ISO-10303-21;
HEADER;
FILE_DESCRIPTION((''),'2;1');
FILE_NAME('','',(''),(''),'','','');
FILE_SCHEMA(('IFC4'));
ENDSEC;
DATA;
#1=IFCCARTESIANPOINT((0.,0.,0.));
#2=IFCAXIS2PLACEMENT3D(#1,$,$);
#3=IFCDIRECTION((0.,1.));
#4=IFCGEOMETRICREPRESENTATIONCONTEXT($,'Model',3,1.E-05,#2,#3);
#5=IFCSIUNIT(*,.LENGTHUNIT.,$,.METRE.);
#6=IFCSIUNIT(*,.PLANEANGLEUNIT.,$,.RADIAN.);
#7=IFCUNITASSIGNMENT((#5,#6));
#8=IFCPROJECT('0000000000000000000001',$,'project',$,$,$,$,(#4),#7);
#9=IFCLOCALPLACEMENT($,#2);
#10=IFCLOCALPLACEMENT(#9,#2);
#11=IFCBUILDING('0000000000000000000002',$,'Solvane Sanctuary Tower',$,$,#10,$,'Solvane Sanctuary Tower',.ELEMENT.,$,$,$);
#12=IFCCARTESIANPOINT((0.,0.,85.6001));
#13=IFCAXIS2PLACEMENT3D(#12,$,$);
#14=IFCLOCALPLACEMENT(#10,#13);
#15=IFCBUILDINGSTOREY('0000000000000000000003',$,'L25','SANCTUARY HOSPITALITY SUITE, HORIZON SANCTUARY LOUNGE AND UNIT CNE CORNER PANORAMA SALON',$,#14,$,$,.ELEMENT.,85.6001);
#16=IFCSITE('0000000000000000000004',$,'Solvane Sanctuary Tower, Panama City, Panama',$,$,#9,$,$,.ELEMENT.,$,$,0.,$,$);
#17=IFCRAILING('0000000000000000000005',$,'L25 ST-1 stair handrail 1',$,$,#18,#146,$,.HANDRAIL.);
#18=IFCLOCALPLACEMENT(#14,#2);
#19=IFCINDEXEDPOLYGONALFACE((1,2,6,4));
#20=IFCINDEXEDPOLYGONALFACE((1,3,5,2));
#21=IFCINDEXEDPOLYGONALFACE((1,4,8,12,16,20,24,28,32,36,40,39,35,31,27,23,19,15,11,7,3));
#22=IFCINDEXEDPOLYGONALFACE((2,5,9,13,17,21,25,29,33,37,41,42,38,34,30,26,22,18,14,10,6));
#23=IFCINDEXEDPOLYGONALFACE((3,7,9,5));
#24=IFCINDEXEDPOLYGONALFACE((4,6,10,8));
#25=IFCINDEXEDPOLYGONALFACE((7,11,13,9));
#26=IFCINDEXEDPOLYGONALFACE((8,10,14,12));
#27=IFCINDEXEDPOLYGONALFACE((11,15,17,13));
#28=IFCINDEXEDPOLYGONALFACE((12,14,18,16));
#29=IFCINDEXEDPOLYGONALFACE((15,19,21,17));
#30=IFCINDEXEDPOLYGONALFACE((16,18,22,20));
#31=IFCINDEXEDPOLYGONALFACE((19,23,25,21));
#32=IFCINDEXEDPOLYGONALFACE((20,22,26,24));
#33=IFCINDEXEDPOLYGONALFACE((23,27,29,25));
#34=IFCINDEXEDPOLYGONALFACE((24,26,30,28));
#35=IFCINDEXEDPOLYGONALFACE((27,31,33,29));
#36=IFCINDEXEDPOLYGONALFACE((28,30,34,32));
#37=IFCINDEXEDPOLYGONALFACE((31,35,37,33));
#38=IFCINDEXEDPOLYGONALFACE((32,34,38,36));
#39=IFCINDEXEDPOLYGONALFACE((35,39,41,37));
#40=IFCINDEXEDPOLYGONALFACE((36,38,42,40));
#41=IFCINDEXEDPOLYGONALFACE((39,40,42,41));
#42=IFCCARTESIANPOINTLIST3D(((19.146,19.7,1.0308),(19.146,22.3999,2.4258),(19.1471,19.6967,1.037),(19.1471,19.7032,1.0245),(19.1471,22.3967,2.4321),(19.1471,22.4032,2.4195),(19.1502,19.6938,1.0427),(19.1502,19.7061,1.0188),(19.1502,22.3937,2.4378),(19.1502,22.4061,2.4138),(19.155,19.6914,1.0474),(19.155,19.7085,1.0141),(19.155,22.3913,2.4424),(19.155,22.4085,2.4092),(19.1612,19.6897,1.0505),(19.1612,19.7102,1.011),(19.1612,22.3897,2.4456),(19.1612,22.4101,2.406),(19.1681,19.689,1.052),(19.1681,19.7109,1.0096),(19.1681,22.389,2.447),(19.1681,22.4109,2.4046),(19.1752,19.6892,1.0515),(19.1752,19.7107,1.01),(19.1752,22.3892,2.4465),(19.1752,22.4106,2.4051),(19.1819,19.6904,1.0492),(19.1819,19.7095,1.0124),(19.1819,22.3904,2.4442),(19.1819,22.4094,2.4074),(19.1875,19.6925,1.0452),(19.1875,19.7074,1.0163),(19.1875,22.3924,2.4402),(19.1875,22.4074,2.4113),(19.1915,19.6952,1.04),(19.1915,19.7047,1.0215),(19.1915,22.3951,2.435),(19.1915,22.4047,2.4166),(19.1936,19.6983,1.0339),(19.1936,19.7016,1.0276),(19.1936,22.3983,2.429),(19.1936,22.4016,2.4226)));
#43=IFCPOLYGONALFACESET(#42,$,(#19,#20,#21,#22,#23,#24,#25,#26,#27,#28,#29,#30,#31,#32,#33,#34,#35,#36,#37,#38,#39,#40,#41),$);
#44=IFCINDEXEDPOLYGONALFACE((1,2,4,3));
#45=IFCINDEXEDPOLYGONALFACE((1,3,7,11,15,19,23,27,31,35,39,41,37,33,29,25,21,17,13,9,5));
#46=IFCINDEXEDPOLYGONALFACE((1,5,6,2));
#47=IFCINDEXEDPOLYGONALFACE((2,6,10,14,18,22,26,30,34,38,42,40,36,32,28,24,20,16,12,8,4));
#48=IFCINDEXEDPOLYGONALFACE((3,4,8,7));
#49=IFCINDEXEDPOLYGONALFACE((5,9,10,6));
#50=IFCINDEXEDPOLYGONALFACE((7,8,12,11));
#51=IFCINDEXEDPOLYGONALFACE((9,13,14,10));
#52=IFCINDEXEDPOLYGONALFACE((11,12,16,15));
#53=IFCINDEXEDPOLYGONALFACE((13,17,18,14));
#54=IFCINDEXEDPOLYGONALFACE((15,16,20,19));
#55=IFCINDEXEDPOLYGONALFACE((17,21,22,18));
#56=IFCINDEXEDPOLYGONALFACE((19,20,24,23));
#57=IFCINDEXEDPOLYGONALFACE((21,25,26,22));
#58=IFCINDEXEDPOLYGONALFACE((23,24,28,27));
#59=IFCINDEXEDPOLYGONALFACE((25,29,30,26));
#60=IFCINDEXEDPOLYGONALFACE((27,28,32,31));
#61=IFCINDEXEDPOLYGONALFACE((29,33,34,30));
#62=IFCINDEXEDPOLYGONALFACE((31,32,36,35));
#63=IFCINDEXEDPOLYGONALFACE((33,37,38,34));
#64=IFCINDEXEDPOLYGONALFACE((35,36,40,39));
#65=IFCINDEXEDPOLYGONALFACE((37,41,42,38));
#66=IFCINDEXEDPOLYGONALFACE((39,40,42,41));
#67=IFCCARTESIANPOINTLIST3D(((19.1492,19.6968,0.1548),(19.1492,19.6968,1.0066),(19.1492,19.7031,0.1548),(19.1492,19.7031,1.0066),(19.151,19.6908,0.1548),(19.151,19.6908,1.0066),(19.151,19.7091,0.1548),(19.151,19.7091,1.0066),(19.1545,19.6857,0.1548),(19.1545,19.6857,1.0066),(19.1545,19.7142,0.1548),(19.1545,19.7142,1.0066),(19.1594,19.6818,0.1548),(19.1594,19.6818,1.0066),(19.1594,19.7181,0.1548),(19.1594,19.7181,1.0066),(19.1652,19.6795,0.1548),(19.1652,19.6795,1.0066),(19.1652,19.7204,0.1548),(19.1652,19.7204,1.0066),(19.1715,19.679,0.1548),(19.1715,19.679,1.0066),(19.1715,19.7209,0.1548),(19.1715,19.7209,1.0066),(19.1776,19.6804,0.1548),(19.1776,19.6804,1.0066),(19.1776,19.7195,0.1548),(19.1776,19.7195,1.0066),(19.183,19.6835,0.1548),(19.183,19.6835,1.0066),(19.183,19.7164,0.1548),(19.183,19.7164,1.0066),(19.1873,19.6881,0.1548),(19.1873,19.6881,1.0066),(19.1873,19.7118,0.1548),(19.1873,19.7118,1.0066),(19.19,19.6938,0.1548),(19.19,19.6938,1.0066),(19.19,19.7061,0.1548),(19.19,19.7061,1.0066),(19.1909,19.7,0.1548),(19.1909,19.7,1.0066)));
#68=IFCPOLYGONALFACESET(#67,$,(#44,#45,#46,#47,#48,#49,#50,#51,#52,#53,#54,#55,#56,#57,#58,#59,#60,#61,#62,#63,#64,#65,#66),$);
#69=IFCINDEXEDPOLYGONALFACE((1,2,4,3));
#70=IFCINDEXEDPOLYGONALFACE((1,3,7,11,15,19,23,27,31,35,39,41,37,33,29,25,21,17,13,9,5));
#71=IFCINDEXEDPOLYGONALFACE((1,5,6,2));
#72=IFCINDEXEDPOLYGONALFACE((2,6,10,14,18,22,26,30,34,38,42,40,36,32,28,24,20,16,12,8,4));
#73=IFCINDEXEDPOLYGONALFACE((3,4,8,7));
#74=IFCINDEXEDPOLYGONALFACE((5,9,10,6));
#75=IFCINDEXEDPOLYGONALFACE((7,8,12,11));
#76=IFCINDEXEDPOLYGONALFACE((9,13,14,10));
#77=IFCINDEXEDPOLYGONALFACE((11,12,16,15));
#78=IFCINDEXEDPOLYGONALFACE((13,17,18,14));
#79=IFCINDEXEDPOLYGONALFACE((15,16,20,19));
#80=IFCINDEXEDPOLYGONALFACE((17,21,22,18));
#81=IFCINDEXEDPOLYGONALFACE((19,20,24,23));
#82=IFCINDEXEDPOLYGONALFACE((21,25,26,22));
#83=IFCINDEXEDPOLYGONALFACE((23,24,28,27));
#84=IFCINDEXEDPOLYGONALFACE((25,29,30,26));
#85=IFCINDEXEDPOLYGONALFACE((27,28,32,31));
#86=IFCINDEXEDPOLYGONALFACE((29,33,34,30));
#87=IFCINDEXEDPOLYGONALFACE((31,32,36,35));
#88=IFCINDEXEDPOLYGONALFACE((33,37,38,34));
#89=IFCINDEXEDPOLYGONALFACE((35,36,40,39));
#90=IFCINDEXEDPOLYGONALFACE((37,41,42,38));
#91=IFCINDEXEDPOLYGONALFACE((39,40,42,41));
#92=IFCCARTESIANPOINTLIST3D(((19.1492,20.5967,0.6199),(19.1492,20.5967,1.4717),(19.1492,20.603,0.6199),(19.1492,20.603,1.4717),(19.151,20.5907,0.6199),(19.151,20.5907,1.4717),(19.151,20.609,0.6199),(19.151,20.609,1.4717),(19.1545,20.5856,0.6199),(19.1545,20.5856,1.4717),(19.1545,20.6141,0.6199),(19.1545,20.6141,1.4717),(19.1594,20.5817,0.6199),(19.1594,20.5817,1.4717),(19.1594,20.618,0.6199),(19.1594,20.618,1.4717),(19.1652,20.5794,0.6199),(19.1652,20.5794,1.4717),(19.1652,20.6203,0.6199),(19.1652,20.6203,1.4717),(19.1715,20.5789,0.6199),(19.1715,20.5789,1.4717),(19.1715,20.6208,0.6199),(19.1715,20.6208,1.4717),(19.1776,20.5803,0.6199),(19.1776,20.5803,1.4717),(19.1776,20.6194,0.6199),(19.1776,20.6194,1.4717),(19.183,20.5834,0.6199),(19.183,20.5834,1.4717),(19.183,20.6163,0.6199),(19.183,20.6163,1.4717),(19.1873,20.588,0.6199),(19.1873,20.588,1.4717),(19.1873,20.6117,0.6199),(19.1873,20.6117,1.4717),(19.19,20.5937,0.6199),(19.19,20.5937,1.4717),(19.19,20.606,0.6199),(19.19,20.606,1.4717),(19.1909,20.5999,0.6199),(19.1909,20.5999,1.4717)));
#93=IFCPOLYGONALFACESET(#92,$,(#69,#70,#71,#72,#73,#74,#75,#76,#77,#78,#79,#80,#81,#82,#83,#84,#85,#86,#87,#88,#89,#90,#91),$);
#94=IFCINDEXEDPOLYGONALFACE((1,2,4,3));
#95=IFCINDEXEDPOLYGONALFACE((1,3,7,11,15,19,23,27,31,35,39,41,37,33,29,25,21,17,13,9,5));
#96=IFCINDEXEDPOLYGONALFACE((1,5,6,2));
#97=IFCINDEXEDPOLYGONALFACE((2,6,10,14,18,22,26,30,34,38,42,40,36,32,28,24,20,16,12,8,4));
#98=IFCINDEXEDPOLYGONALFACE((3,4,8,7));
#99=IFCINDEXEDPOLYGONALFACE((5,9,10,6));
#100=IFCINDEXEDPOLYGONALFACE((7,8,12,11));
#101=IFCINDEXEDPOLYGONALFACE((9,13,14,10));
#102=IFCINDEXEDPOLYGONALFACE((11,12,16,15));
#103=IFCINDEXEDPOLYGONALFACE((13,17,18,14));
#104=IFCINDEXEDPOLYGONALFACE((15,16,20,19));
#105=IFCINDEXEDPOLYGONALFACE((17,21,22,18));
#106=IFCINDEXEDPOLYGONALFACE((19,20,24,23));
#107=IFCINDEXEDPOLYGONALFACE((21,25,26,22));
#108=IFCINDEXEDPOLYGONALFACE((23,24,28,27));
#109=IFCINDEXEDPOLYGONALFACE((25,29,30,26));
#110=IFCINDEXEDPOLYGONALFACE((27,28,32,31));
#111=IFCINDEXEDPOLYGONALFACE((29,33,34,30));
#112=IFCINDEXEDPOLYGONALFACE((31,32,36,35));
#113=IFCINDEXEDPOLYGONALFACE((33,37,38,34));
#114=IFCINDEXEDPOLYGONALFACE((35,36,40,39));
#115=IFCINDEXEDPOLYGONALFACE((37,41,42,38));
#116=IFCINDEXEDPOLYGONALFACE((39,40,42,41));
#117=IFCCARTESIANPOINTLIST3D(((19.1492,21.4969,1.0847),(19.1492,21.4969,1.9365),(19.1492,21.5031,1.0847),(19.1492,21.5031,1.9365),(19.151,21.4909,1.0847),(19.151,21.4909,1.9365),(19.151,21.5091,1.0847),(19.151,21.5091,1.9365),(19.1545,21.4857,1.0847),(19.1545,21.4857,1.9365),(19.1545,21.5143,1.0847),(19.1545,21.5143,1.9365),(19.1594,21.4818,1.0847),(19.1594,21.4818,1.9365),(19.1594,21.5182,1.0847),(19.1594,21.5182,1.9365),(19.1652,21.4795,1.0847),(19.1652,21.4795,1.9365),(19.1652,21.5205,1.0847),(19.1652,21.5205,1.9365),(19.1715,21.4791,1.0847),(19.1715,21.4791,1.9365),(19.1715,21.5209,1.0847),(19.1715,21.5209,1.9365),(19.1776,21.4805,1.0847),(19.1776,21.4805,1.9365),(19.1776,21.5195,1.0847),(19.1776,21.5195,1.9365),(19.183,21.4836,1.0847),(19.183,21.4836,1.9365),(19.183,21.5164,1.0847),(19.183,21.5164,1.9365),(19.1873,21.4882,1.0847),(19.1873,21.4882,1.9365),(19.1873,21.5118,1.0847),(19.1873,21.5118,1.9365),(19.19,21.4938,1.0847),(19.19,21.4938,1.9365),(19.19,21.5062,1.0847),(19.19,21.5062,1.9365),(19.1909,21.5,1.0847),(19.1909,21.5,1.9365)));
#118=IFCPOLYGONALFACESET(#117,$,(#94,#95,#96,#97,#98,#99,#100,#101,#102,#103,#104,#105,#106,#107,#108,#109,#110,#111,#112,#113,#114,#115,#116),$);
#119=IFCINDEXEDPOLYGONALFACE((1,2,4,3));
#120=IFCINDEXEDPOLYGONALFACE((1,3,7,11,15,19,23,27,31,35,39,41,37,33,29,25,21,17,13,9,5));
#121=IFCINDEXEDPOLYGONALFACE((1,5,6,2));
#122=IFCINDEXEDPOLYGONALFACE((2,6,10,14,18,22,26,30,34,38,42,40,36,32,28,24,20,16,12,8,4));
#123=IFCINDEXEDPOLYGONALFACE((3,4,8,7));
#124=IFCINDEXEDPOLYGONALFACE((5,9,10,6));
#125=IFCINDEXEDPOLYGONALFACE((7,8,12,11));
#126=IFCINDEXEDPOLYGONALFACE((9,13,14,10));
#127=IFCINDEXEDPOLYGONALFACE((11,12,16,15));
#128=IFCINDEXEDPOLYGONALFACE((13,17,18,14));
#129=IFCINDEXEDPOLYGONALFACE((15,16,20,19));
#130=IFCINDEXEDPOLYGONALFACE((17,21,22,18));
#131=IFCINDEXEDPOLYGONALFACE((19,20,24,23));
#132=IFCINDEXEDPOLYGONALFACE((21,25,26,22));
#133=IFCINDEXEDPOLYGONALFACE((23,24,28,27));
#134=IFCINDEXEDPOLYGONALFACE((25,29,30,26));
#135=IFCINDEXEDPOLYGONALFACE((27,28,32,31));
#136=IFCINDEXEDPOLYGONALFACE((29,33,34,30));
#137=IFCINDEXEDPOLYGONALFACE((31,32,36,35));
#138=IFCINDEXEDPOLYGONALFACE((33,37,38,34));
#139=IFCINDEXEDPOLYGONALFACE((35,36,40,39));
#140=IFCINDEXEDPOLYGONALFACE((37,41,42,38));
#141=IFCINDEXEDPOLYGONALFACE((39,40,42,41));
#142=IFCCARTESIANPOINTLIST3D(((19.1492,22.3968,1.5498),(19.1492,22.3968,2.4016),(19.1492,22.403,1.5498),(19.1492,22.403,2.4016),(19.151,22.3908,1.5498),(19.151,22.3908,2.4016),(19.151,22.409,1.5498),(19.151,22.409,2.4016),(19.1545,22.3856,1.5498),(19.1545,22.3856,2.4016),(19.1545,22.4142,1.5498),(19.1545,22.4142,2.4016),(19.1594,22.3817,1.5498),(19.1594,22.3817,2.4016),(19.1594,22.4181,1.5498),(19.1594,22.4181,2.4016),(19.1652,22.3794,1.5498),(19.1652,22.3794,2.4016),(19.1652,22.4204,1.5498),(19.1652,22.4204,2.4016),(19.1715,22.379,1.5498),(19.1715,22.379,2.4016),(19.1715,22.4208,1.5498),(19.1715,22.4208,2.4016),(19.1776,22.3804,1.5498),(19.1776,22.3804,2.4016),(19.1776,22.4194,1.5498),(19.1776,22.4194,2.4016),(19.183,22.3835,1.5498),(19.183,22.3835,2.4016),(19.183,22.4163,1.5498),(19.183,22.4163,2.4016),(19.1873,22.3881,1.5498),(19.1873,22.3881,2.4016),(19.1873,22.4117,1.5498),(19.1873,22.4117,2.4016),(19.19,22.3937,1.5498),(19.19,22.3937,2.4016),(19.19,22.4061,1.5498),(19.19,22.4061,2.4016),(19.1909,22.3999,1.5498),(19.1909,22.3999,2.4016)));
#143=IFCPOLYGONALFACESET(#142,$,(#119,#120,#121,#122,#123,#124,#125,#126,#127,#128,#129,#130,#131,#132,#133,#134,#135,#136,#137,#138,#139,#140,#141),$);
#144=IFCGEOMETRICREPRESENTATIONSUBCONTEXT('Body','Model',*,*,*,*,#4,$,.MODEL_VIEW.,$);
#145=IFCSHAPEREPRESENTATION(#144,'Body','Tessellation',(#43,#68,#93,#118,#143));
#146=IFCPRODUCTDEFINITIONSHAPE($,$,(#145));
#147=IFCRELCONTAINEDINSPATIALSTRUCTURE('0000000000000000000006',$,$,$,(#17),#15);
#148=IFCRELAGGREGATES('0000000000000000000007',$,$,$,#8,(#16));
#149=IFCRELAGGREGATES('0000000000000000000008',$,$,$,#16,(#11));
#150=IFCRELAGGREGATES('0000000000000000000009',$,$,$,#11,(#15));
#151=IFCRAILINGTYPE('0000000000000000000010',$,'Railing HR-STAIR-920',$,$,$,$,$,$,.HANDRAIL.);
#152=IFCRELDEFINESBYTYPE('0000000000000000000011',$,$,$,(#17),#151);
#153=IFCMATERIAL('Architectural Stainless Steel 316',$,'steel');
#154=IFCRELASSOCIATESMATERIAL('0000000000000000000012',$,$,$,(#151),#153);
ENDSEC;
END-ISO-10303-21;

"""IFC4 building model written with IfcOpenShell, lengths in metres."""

from ifc_helpers import new_model, si_unit, direction, frame, origin, origin_2d, place, context, subcontext, project, spatial, circle, extrude, material, type_object, element, save


model = new_model("IFC4")

# Units and contexts
model_context = context("Model", 3, precision=1e-05, world=origin(), true_north=direction((0.0, 1.0)))
body_context = subcontext(model_context, "Body", "Model", "MODEL_VIEW")
ifc_project = project(units=[si_unit("LENGTHUNIT", "METRE"), si_unit("PLANEANGLEUNIT", "RADIAN")], contexts=[model_context])

# Site, building, storey
site_placement = place(None, origin())
site = spatial("IfcSite", under=ifc_project, at=site_placement, Name="Solvane Sanctuary Tower, Panama City, Panama", CompositionType="ELEMENT", RefElevation=0.0)
building_placement = place(site_placement, origin())
building = spatial("IfcBuilding", under=site, at=building_placement, Name="Solvane Sanctuary Tower", LongName="Solvane Sanctuary Tower", CompositionType="ELEMENT")
storey_placement = place(building_placement, frame((0.0, 0.0, 85.6001)))
storey = spatial("IfcBuildingStorey", under=building, at=storey_placement, Name="L25", Description="SANCTUARY HOSPITALITY SUITE, HORIZON SANCTUARY LOUNGE AND UNIT CNE CORNER PANORAMA SALON", CompositionType="ELEMENT", Elevation=85.6001)

# Shared definitions
ifc_material_1 = material(Name="Architectural Stainless Steel 316", Category="steel")

# Railing
railing_type_1 = type_object("IfcRailingType", Name="Railing HR-STAIR-920", PredefinedType="HANDRAIL", material=ifc_material_1)
railing_1_placement = place(storey_placement, frame((19.1699, 19.7, 0.1548)))
element("IfcRailing", 1, at=railing_1_placement, inside=storey, type_object=railing_type_1, Name="L25 ST-1 stair handrail 1", PredefinedType="HANDRAIL", context=body_context, shape_type="SweptSolid", body=[
    extrude(circle(Radius=0.0239, at=origin_2d()), frame((0.0, 0.0, 0.876), z_axis=(0.0, 0.88842, 0.459032), x_axis=(-1.0, 0.0, 0.0)), (0.0, 0.0, 1.0), 3.0391),
    extrude(circle(Radius=0.021, at=origin_2d()), origin(), (0.0, 0.0, 1.0), 0.8518),
    extrude(circle(Radius=0.021, at=origin_2d()), frame((0.0, 0.8999, 0.4651)), (0.0, 0.0, 1.0), 0.8518),
    extrude(circle(Radius=0.021, at=origin_2d()), frame((0.0, 1.8, 0.9299)), (0.0, 0.0, 1.0), 0.8518),
    extrude(circle(Radius=0.021, at=origin_2d()), frame((0.0, 2.7, 1.395)), (0.0, 0.0, 1.0), 0.8518),
])

save(model, "model.ifc")
